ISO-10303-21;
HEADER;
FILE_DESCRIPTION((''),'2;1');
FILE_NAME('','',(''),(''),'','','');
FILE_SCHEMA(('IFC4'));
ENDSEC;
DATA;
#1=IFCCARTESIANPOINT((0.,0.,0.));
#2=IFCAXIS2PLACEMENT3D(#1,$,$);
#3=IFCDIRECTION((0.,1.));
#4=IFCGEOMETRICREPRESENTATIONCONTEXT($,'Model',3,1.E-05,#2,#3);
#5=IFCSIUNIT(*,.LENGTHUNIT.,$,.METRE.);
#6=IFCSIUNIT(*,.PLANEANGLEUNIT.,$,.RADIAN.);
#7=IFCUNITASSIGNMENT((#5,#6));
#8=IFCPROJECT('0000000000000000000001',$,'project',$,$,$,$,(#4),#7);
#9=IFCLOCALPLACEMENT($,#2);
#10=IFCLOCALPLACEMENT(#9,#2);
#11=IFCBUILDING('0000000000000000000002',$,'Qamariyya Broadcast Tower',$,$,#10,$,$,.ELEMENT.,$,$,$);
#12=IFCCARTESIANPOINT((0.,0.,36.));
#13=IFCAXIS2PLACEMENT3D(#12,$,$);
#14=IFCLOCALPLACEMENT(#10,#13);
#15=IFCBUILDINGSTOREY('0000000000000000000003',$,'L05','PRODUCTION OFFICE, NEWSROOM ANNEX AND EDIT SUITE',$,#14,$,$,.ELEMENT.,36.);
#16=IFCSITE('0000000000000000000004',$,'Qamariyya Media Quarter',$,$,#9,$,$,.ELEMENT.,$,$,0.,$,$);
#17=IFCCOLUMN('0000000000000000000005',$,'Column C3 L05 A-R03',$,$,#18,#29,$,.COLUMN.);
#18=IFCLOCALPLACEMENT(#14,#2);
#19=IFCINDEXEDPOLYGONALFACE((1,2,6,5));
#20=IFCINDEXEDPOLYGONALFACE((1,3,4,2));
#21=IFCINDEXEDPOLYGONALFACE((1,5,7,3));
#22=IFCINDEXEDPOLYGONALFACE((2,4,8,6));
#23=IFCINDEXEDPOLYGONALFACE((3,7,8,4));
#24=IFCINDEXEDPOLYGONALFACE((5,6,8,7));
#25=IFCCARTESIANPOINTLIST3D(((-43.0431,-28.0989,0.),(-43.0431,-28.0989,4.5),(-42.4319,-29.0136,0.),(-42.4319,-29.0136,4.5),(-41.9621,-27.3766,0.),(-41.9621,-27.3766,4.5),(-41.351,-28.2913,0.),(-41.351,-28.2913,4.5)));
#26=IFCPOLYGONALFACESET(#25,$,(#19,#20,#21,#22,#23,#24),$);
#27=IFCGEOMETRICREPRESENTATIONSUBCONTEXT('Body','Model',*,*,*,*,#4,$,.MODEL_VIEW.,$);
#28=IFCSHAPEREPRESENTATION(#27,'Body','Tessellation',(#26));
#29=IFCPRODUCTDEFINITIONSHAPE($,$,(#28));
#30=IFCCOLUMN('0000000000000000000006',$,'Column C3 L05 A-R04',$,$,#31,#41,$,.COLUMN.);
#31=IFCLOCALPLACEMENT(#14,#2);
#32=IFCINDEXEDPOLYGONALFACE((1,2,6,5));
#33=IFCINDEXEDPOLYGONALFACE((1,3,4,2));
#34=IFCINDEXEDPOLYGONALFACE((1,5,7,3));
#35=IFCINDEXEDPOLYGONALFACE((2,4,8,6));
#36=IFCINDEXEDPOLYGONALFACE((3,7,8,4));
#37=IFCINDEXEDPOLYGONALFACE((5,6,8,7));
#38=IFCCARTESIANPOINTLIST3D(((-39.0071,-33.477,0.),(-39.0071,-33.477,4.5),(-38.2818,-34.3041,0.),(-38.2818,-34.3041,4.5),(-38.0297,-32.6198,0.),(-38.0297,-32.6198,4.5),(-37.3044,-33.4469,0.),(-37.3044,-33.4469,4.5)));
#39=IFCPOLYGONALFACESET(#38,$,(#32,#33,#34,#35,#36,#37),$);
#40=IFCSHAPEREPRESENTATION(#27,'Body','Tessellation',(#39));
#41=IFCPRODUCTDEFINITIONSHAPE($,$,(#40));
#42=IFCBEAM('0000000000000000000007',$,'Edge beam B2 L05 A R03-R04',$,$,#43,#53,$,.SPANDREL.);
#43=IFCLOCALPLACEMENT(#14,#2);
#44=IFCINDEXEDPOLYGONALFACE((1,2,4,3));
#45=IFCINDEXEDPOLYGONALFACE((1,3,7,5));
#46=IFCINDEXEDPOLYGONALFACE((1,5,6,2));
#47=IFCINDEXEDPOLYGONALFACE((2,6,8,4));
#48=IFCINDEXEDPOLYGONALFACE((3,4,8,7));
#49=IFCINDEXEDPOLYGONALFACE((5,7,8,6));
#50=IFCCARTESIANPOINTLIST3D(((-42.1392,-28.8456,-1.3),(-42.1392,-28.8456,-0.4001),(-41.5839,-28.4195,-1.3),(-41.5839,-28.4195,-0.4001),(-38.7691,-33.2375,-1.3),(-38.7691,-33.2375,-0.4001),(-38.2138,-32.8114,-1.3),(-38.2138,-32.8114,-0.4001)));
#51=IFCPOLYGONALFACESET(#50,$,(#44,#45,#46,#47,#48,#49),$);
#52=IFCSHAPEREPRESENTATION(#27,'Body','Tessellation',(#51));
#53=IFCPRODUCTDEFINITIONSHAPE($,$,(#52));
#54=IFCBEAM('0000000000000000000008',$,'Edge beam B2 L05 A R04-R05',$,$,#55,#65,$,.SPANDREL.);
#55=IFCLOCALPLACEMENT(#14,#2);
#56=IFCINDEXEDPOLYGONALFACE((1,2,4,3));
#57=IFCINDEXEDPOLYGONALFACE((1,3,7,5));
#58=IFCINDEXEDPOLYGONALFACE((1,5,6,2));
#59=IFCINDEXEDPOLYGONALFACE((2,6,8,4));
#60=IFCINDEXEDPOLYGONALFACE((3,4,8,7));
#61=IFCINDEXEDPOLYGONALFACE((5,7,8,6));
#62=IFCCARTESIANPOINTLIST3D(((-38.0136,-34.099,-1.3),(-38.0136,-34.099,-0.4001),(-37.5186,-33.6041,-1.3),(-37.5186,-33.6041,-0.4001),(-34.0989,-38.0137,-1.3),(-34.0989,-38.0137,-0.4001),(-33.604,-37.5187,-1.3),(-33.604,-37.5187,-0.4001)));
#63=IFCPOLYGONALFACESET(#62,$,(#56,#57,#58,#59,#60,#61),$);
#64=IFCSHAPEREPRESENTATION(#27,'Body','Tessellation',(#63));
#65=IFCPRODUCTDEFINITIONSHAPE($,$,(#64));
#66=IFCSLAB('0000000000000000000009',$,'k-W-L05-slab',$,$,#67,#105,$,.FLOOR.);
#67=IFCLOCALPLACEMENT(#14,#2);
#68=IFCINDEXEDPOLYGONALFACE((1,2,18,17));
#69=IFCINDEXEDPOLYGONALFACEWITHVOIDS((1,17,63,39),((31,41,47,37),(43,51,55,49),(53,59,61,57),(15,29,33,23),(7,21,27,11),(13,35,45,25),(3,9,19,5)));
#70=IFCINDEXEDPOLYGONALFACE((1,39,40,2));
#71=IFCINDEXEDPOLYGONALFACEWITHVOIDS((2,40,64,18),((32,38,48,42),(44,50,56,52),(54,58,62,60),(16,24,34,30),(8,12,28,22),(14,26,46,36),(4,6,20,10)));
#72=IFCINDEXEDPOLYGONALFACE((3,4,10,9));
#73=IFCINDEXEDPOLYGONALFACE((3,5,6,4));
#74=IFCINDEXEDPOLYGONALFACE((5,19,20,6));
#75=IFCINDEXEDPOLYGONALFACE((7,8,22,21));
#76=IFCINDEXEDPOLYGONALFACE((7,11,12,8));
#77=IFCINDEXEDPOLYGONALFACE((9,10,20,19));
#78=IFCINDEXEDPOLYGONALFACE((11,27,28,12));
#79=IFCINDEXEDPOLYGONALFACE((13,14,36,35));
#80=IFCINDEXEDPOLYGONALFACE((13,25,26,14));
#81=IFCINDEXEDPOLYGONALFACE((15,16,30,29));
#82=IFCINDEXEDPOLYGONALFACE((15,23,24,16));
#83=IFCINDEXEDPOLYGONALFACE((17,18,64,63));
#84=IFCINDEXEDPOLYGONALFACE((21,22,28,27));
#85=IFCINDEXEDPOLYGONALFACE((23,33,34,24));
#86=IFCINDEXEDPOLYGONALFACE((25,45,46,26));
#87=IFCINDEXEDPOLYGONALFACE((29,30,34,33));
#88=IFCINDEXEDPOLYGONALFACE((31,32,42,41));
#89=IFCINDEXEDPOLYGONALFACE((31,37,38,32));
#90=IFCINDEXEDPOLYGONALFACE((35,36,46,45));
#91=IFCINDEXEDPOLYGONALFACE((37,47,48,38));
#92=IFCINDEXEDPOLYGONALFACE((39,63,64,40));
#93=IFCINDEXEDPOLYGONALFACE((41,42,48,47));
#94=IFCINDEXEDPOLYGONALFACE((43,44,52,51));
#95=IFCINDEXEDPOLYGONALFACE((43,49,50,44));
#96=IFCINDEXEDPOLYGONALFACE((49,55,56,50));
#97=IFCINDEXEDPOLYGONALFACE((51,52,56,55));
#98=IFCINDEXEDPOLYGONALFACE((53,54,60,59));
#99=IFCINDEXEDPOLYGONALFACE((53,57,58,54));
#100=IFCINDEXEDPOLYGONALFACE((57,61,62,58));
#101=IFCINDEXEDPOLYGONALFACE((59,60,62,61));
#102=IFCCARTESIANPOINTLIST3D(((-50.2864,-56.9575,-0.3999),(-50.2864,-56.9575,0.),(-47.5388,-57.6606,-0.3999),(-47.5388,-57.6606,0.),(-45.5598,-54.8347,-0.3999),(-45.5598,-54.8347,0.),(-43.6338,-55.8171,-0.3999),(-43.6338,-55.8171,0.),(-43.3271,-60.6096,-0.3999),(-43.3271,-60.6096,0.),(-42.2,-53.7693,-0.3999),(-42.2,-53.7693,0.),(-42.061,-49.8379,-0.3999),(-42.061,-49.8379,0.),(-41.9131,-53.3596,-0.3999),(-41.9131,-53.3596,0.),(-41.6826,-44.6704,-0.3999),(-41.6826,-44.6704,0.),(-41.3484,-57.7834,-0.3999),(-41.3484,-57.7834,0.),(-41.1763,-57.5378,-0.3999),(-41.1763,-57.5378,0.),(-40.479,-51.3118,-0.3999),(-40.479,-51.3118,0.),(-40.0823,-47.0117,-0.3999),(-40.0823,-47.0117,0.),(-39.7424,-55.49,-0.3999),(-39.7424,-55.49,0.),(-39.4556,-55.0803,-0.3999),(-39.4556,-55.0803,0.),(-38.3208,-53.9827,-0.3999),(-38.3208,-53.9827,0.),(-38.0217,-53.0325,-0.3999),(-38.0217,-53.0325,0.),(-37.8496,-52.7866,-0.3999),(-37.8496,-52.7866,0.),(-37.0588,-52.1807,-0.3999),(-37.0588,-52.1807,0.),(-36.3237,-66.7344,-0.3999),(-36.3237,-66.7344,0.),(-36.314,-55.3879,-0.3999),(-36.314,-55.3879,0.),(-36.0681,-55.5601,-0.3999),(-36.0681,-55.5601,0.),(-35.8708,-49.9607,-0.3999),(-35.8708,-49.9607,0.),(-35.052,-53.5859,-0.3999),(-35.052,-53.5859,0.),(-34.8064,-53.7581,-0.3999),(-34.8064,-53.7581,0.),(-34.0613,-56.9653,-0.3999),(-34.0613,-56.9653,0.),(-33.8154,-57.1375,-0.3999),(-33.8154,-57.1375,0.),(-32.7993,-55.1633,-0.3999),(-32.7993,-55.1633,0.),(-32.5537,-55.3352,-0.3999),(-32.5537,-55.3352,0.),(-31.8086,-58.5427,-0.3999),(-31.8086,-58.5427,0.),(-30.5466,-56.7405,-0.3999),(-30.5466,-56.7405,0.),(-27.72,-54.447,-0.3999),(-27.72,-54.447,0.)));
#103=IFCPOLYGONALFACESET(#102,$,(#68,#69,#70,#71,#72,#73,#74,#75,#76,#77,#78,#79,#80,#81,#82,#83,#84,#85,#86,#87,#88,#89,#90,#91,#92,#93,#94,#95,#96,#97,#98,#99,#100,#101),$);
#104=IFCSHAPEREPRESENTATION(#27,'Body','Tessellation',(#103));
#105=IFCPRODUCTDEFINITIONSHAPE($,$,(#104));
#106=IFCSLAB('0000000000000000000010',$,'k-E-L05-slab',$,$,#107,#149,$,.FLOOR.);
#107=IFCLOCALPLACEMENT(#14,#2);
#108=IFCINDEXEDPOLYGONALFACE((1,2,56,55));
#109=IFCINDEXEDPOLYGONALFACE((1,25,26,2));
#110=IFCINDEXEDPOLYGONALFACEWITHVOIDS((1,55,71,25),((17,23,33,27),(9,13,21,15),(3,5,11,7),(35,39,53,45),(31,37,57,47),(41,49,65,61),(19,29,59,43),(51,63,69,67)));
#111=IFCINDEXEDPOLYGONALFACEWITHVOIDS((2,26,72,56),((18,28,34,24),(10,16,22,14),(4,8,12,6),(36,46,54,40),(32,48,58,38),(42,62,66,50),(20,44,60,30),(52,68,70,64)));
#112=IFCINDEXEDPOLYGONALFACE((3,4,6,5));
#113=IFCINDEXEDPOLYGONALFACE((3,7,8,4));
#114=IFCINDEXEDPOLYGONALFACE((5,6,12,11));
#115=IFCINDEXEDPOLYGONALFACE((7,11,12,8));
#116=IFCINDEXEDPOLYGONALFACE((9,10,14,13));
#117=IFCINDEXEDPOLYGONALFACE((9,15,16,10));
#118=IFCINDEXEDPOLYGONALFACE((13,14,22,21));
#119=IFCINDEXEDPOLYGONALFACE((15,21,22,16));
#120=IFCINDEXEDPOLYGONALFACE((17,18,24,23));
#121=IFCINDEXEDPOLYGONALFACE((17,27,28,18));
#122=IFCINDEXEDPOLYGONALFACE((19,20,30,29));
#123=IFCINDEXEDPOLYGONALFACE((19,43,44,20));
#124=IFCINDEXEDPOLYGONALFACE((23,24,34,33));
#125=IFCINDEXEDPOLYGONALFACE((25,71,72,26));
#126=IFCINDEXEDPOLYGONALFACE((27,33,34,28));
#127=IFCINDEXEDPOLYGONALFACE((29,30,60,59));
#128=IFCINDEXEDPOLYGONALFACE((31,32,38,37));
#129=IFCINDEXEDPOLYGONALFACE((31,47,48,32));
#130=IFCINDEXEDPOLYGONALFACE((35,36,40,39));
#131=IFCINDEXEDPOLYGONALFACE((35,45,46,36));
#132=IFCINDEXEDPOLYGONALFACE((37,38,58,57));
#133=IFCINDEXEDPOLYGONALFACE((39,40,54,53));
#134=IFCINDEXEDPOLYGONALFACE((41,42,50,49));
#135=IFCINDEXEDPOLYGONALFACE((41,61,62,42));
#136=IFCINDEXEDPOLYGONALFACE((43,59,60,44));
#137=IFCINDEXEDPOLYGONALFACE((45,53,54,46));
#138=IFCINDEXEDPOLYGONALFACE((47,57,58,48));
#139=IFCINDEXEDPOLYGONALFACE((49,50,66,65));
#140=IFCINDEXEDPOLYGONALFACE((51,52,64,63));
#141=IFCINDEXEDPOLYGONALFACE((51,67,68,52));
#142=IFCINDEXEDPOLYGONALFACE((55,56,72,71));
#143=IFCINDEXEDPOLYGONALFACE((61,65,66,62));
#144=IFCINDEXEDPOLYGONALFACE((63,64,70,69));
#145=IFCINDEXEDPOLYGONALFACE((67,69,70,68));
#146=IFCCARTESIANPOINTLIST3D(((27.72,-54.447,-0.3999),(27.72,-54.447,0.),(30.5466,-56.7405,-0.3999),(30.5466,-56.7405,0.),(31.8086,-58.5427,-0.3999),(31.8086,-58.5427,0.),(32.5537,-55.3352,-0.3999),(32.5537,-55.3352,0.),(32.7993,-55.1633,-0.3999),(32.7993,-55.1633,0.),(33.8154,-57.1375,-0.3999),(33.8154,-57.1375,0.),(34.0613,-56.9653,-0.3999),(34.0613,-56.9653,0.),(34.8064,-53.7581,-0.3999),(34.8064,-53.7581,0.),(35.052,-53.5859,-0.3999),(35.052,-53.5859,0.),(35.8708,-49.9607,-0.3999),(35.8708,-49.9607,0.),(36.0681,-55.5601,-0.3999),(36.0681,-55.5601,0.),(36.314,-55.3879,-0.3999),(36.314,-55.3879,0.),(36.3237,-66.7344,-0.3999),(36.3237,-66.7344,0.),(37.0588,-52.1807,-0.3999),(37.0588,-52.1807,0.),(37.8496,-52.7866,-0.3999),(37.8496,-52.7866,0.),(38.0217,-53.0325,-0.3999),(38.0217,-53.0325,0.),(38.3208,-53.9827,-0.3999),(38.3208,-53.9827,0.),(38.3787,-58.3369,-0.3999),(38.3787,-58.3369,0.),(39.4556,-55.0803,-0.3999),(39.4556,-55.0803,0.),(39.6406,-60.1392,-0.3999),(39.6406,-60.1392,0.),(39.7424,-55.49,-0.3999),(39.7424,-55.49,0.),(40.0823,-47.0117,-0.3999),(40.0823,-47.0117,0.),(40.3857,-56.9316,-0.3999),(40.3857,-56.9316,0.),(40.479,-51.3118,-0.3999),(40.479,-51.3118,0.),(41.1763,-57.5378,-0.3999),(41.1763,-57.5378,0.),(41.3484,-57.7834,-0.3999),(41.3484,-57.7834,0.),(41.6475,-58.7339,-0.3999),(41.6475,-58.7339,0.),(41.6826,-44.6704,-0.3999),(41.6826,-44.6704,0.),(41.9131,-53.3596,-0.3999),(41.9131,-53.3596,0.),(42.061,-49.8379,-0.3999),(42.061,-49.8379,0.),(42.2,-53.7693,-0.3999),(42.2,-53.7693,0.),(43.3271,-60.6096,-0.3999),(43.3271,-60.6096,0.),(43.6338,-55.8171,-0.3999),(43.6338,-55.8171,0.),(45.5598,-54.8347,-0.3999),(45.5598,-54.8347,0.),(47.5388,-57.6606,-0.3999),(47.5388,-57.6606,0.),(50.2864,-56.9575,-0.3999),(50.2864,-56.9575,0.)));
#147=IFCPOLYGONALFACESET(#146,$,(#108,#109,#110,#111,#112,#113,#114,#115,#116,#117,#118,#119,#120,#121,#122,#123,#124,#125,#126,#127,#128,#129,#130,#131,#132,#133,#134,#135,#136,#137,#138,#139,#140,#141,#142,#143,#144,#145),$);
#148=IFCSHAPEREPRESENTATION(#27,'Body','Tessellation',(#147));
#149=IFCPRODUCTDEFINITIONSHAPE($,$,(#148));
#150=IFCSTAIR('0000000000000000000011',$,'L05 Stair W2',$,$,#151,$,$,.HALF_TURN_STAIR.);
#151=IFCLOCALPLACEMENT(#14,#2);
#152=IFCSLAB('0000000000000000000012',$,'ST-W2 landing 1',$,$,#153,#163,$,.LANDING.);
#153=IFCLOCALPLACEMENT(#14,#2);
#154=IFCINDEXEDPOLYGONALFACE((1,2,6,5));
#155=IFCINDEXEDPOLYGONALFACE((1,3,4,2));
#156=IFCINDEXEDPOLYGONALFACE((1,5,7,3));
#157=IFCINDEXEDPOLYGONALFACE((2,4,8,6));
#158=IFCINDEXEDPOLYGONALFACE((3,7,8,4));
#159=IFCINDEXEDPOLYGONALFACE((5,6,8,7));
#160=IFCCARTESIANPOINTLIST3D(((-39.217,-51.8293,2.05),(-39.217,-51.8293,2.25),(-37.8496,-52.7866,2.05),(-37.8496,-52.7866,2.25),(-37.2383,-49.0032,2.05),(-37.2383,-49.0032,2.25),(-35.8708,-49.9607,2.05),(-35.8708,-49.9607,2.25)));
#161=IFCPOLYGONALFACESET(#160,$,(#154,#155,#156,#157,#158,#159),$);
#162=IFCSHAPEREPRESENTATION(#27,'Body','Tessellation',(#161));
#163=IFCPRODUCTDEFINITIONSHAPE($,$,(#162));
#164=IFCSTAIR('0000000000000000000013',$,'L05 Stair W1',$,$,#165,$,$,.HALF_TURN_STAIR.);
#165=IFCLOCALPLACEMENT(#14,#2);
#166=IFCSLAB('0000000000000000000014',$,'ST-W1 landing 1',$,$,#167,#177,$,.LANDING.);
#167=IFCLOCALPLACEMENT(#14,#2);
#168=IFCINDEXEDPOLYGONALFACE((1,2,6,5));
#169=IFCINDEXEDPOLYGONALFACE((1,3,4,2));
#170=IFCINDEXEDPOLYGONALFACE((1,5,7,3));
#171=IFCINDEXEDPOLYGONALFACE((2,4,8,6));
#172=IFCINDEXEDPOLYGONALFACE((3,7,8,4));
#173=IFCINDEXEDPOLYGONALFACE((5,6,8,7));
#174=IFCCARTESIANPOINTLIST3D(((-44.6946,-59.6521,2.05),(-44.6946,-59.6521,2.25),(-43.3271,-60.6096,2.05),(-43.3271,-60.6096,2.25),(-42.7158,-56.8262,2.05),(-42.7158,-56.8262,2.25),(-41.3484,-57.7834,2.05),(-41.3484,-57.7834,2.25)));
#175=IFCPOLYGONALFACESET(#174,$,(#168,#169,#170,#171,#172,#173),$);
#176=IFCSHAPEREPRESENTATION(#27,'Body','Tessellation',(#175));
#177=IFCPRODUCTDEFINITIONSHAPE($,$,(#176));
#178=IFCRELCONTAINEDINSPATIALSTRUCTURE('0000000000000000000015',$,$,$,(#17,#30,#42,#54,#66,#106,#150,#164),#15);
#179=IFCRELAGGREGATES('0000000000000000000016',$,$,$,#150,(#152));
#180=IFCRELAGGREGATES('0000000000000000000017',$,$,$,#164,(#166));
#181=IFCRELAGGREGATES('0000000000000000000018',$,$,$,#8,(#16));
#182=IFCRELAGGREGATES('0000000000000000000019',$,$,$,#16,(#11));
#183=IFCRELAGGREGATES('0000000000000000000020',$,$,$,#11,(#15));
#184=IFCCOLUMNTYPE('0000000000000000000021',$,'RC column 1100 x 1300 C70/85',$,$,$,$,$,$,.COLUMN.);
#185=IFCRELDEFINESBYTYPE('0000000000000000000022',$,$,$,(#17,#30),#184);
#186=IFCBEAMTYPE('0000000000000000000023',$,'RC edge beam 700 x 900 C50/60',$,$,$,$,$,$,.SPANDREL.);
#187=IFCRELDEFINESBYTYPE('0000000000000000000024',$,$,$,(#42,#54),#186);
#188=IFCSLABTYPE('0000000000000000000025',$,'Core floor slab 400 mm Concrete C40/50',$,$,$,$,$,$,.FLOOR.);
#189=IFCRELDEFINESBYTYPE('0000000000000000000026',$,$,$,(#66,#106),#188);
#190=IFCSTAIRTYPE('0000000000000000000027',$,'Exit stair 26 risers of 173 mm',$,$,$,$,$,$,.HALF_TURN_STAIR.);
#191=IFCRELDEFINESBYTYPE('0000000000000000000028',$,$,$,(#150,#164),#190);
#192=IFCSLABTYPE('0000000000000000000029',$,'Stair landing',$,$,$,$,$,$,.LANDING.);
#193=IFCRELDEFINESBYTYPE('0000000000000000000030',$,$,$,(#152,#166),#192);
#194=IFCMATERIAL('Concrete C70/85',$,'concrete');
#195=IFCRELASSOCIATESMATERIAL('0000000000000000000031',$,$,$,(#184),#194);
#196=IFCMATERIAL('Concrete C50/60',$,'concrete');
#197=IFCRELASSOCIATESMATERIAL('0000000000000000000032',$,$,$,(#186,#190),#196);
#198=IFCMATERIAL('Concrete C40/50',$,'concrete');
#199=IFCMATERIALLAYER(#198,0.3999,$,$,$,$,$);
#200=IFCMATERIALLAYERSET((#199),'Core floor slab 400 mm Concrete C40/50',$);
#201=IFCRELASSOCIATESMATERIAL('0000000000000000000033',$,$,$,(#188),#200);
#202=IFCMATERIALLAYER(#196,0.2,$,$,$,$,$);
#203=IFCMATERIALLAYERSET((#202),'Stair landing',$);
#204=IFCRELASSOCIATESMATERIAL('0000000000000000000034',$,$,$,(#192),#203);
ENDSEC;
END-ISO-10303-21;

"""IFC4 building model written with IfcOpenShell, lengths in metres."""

from ifc_helpers import new_model, si_unit, direction, frame, origin, origin_2d, place, context, subcontext, project, spatial, polyline, rectangle, outline, extrude, material, layer, layer_set, material_profile, profile_set, type_object, element, aggregate, save


model = new_model("IFC4")

# Units and contexts
model_context = context("Model", 3, precision=1e-05, world=origin(), true_north=direction((0.0, 1.0)))
body_context = subcontext(model_context, "Body", "Model", "MODEL_VIEW")
ifc_project = project(units=[si_unit("LENGTHUNIT", "METRE"), si_unit("PLANEANGLEUNIT", "RADIAN")], contexts=[model_context])

# Site, building, storey
site_placement = place(None, origin())
site = spatial("IfcSite", under=ifc_project, at=site_placement, Name="Qamariyya Media Quarter", CompositionType="ELEMENT", RefElevation=0.0)
building_placement = place(site_placement, origin())
building = spatial("IfcBuilding", under=site, at=building_placement, Name="Qamariyya Broadcast Tower", CompositionType="ELEMENT")
storey_placement = place(building_placement, frame((0.0, 0.0, 36.0)))
storey = spatial("IfcBuildingStorey", under=building, at=storey_placement, Name="L05", Description="PRODUCTION OFFICE, NEWSROOM ANNEX AND EDIT SUITE", CompositionType="ELEMENT", Elevation=36.0)

# Columns
ifc_material_1 = material(Name="Concrete C70/85", Category="concrete")
ifc_material_profile_1 = material_profile(ifc_material_1, rectangle(XDim=1.1001, YDim=1.3, at=origin_2d()))
ifc_profile_set_1 = profile_set([ifc_material_profile_1], Name="Concrete C70/85")
column_type = type_object("IfcColumnType", Name="RC column 1100 x 1300 C70/85", PredefinedType="COLUMN", material=ifc_profile_set_1)
for number, where, z_axis, x_axis, name in (
    (1, (-42.197, -28.1951, 0.0), (0.0, 0.0, 1.0), (0.55557, -0.83147, 0.0), "Column C3 L05 A-R03"),
    (2, (-38.1558, -33.4619, 0.0), (0.0, 0.0, 1.0), (0.659346, -0.75184, 0.0), "Column C3 L05 A-R04"),
):
    element("IfcColumn", number, at=place(storey_placement, frame(where, z_axis=z_axis, x_axis=x_axis)), inside=storey, type_object=column_type, Name=name, PredefinedType="COLUMN", context=body_context, shape_type="SweptSolid", body=[
        extrude(rectangle(XDim=1.1001, YDim=1.3, at=origin_2d()), origin(), (0.0, 0.0, 1.0), 4.5),
    ])

# Beams
ifc_material_2 = material(Name="Concrete C50/60", Category="concrete")
ifc_material_profile_2 = material_profile(ifc_material_2, rectangle(XDim=0.7, YDim=0.8999, at=origin_2d()))
ifc_profile_set_2 = profile_set([ifc_material_profile_2], Name="Concrete C50/60")
beam_type = type_object("IfcBeamType", Name="RC edge beam 700 x 900 C50/60", PredefinedType="SPANDREL", material=ifc_profile_set_2)
beam_1_placement = place(storey_placement, frame((-41.8616, -28.6326, -0.8501), z_axis=(0.608777, -0.793342, 0.0), x_axis=(0.793342, 0.608777, 0.0)))
element("IfcBeam", 3, at=beam_1_placement, inside=storey, type_object=beam_type, Name="Edge beam B2 L05 A R03-R04", PredefinedType="SPANDREL", context=body_context, shape_type="SweptSolid", body=[
    extrude(rectangle(XDim=0.7, YDim=0.8999, at=origin_2d()), origin(), (0.0, 0.0, 1.0), 5.5359),
])
beam_2_placement = place(storey_placement, frame((-37.7661, -33.8516, -0.8501), z_axis=(0.707107, -0.707107, 0.0), x_axis=(0.707107, 0.707107, 0.0)))
element("IfcBeam", 4, at=beam_2_placement, inside=storey, type_object=beam_type, Name="Edge beam B2 L05 A R04-R05", PredefinedType="SPANDREL", context=body_context, shape_type="SweptSolid", body=[
    extrude(rectangle(XDim=0.7, YDim=0.8999, at=origin_2d()), origin(), (0.0, 0.0, 1.0), 5.5361),
])

# Slabs
ifc_material_3 = material(Name="Concrete C40/50", Category="concrete")
ifc_layer_1 = layer(ifc_material_3, 0.3999)
ifc_layer_set_1 = layer_set([ifc_layer_1], Name="Core floor slab 400 mm Concrete C40/50")
slab_type_1 = type_object("IfcSlabType", Name="Core floor slab 400 mm Concrete C40/50", PredefinedType="FLOOR", material=ifc_layer_set_1)
slab_1_placement = place(storey_placement, frame((0.0, 0.0, -0.3999)))
element("IfcSlab", 5, at=slab_1_placement, inside=storey, type_object=slab_type_1, Name="k-W-L05-slab", PredefinedType="FLOOR", context=body_context, shape_type="SweptSolid", body=[
    extrude(outline(polyline([(-50.2864, -56.9575), (-36.3237, -66.7344), (-27.72, -54.447), (-41.6826, -44.6704), (-50.2864, -56.9575)]), holes=[polyline([(-31.8086, -58.5427), (-33.8154, -57.1375), (-32.5537, -55.3352), (-30.5466, -56.7405), (-31.8086, -58.5427)]), polyline([(-34.0613, -56.9653), (-36.0681, -55.5601), (-34.8064, -53.7581), (-32.7993, -55.1633), (-34.0613, -56.9653)]), polyline([(-36.314, -55.3879), (-38.3208, -53.9827), (-37.0588, -52.1807), (-35.052, -53.5859), (-36.314, -55.3879)]), polyline([(-39.7424, -55.49), (-42.2, -53.7693), (-43.6338, -55.8171), (-41.1763, -57.5378), (-39.7424, -55.49)]), polyline([(-39.4556, -55.0803), (-41.9131, -53.3596), (-40.479, -51.3118), (-38.0217, -53.0325), (-39.4556, -55.0803)]), polyline([(-42.061, -49.8379), (-37.8496, -52.7866), (-35.8708, -49.9607), (-40.0823, -47.0117), (-42.061, -49.8379)]), polyline([(-47.5388, -57.6606), (-43.3271, -60.6096), (-41.3484, -57.7834), (-45.5598, -54.8347), (-47.5388, -57.6606)])]), origin(), (0.0, 0.0, 1.0), 0.3999),
])
slab_2_placement = place(storey_placement, frame((0.0, 0.0, -0.3999)))
element("IfcSlab", 6, at=slab_2_placement, inside=storey, type_object=slab_type_1, Name="k-E-L05-slab", PredefinedType="FLOOR", context=body_context, shape_type="SweptSolid", body=[
    extrude(outline(polyline([(36.3237, -66.7344), (50.2864, -56.9575), (41.6826, -44.6704), (27.72, -54.447), (36.3237, -66.7344)]), holes=[polyline([(31.8086, -58.5427), (33.8154, -57.1375), (32.5537, -55.3352), (30.5466, -56.7405), (31.8086, -58.5427)]), polyline([(34.0613, -56.9653), (36.0681, -55.5601), (34.8064, -53.7581), (32.7993, -55.1633), (34.0613, -56.9653)]), polyline([(36.314, -55.3879), (38.3208, -53.9827), (37.0588, -52.1807), (35.052, -53.5859), (36.314, -55.3879)]), polyline([(38.3787, -58.3369), (40.3857, -56.9316), (41.6475, -58.7339), (39.6406, -60.1392), (38.3787, -58.3369)]), polyline([(39.7424, -55.49), (42.2, -53.7693), (43.6338, -55.8171), (41.1763, -57.5378), (39.7424, -55.49)]), polyline([(39.4556, -55.0803), (41.9131, -53.3596), (40.479, -51.3118), (38.0217, -53.0325), (39.4556, -55.0803)]), polyline([(40.0823, -47.0117), (35.8708, -49.9607), (37.8496, -52.7866), (42.061, -49.8379), (40.0823, -47.0117)]), polyline([(45.5598, -54.8347), (41.3484, -57.7834), (43.3271, -60.6096), (47.5388, -57.6606), (45.5598, -54.8347)])]), origin(), (0.0, 0.0, 1.0), 0.3999),
])

# Stairs, slabs
stair_type = type_object("IfcStairType", Name="Exit stair 26 risers of 173 mm", PredefinedType="HALF_TURN_STAIR", material=ifc_material_2)
stair_1_placement = place(storey_placement, origin())
stair_1 = element("IfcStair", 7, at=stair_1_placement, inside=storey, type_object=stair_type, Name="L05 Stair W2", PredefinedType="HALF_TURN_STAIR")
ifc_layer_2 = layer(ifc_material_2, 0.2)
ifc_layer_set_2 = layer_set([ifc_layer_2], Name="Stair landing")
slab_type_2 = type_object("IfcSlabType", Name="Stair landing", PredefinedType="LANDING", material=ifc_layer_set_2)
slab_3_placement = place(storey_placement, frame((0.0, 0.0, 2.05)))
slab_3 = element("IfcSlab", 8, at=slab_3_placement, type_object=slab_type_2, Name="ST-W2 landing 1", PredefinedType="LANDING", context=body_context, shape_type="SweptSolid", body=[
    extrude(outline(polyline([(-39.217, -51.8293), (-37.8496, -52.7866), (-35.8708, -49.9607), (-37.2383, -49.0032), (-39.217, -51.8293)])), origin(), (0.0, 0.0, 1.0), 0.2),
])
aggregate(stair_1, [slab_3])
stair_2_placement = place(storey_placement, origin())
stair_2 = element("IfcStair", 9, at=stair_2_placement, inside=storey, type_object=stair_type, Name="L05 Stair W1", PredefinedType="HALF_TURN_STAIR")
slab_4_placement = place(storey_placement, frame((0.0, 0.0, 2.05)))
slab_4 = element("IfcSlab", 10, at=slab_4_placement, type_object=slab_type_2, Name="ST-W1 landing 1", PredefinedType="LANDING", context=body_context, shape_type="SweptSolid", body=[
    extrude(outline(polyline([(-44.6946, -59.6521), (-43.3271, -60.6096), (-41.3484, -57.7834), (-42.7158, -56.8262), (-44.6946, -59.6521)])), origin(), (0.0, 0.0, 1.0), 0.2),
])
aggregate(stair_2, [slab_4])

save(model, "model.ifc")
